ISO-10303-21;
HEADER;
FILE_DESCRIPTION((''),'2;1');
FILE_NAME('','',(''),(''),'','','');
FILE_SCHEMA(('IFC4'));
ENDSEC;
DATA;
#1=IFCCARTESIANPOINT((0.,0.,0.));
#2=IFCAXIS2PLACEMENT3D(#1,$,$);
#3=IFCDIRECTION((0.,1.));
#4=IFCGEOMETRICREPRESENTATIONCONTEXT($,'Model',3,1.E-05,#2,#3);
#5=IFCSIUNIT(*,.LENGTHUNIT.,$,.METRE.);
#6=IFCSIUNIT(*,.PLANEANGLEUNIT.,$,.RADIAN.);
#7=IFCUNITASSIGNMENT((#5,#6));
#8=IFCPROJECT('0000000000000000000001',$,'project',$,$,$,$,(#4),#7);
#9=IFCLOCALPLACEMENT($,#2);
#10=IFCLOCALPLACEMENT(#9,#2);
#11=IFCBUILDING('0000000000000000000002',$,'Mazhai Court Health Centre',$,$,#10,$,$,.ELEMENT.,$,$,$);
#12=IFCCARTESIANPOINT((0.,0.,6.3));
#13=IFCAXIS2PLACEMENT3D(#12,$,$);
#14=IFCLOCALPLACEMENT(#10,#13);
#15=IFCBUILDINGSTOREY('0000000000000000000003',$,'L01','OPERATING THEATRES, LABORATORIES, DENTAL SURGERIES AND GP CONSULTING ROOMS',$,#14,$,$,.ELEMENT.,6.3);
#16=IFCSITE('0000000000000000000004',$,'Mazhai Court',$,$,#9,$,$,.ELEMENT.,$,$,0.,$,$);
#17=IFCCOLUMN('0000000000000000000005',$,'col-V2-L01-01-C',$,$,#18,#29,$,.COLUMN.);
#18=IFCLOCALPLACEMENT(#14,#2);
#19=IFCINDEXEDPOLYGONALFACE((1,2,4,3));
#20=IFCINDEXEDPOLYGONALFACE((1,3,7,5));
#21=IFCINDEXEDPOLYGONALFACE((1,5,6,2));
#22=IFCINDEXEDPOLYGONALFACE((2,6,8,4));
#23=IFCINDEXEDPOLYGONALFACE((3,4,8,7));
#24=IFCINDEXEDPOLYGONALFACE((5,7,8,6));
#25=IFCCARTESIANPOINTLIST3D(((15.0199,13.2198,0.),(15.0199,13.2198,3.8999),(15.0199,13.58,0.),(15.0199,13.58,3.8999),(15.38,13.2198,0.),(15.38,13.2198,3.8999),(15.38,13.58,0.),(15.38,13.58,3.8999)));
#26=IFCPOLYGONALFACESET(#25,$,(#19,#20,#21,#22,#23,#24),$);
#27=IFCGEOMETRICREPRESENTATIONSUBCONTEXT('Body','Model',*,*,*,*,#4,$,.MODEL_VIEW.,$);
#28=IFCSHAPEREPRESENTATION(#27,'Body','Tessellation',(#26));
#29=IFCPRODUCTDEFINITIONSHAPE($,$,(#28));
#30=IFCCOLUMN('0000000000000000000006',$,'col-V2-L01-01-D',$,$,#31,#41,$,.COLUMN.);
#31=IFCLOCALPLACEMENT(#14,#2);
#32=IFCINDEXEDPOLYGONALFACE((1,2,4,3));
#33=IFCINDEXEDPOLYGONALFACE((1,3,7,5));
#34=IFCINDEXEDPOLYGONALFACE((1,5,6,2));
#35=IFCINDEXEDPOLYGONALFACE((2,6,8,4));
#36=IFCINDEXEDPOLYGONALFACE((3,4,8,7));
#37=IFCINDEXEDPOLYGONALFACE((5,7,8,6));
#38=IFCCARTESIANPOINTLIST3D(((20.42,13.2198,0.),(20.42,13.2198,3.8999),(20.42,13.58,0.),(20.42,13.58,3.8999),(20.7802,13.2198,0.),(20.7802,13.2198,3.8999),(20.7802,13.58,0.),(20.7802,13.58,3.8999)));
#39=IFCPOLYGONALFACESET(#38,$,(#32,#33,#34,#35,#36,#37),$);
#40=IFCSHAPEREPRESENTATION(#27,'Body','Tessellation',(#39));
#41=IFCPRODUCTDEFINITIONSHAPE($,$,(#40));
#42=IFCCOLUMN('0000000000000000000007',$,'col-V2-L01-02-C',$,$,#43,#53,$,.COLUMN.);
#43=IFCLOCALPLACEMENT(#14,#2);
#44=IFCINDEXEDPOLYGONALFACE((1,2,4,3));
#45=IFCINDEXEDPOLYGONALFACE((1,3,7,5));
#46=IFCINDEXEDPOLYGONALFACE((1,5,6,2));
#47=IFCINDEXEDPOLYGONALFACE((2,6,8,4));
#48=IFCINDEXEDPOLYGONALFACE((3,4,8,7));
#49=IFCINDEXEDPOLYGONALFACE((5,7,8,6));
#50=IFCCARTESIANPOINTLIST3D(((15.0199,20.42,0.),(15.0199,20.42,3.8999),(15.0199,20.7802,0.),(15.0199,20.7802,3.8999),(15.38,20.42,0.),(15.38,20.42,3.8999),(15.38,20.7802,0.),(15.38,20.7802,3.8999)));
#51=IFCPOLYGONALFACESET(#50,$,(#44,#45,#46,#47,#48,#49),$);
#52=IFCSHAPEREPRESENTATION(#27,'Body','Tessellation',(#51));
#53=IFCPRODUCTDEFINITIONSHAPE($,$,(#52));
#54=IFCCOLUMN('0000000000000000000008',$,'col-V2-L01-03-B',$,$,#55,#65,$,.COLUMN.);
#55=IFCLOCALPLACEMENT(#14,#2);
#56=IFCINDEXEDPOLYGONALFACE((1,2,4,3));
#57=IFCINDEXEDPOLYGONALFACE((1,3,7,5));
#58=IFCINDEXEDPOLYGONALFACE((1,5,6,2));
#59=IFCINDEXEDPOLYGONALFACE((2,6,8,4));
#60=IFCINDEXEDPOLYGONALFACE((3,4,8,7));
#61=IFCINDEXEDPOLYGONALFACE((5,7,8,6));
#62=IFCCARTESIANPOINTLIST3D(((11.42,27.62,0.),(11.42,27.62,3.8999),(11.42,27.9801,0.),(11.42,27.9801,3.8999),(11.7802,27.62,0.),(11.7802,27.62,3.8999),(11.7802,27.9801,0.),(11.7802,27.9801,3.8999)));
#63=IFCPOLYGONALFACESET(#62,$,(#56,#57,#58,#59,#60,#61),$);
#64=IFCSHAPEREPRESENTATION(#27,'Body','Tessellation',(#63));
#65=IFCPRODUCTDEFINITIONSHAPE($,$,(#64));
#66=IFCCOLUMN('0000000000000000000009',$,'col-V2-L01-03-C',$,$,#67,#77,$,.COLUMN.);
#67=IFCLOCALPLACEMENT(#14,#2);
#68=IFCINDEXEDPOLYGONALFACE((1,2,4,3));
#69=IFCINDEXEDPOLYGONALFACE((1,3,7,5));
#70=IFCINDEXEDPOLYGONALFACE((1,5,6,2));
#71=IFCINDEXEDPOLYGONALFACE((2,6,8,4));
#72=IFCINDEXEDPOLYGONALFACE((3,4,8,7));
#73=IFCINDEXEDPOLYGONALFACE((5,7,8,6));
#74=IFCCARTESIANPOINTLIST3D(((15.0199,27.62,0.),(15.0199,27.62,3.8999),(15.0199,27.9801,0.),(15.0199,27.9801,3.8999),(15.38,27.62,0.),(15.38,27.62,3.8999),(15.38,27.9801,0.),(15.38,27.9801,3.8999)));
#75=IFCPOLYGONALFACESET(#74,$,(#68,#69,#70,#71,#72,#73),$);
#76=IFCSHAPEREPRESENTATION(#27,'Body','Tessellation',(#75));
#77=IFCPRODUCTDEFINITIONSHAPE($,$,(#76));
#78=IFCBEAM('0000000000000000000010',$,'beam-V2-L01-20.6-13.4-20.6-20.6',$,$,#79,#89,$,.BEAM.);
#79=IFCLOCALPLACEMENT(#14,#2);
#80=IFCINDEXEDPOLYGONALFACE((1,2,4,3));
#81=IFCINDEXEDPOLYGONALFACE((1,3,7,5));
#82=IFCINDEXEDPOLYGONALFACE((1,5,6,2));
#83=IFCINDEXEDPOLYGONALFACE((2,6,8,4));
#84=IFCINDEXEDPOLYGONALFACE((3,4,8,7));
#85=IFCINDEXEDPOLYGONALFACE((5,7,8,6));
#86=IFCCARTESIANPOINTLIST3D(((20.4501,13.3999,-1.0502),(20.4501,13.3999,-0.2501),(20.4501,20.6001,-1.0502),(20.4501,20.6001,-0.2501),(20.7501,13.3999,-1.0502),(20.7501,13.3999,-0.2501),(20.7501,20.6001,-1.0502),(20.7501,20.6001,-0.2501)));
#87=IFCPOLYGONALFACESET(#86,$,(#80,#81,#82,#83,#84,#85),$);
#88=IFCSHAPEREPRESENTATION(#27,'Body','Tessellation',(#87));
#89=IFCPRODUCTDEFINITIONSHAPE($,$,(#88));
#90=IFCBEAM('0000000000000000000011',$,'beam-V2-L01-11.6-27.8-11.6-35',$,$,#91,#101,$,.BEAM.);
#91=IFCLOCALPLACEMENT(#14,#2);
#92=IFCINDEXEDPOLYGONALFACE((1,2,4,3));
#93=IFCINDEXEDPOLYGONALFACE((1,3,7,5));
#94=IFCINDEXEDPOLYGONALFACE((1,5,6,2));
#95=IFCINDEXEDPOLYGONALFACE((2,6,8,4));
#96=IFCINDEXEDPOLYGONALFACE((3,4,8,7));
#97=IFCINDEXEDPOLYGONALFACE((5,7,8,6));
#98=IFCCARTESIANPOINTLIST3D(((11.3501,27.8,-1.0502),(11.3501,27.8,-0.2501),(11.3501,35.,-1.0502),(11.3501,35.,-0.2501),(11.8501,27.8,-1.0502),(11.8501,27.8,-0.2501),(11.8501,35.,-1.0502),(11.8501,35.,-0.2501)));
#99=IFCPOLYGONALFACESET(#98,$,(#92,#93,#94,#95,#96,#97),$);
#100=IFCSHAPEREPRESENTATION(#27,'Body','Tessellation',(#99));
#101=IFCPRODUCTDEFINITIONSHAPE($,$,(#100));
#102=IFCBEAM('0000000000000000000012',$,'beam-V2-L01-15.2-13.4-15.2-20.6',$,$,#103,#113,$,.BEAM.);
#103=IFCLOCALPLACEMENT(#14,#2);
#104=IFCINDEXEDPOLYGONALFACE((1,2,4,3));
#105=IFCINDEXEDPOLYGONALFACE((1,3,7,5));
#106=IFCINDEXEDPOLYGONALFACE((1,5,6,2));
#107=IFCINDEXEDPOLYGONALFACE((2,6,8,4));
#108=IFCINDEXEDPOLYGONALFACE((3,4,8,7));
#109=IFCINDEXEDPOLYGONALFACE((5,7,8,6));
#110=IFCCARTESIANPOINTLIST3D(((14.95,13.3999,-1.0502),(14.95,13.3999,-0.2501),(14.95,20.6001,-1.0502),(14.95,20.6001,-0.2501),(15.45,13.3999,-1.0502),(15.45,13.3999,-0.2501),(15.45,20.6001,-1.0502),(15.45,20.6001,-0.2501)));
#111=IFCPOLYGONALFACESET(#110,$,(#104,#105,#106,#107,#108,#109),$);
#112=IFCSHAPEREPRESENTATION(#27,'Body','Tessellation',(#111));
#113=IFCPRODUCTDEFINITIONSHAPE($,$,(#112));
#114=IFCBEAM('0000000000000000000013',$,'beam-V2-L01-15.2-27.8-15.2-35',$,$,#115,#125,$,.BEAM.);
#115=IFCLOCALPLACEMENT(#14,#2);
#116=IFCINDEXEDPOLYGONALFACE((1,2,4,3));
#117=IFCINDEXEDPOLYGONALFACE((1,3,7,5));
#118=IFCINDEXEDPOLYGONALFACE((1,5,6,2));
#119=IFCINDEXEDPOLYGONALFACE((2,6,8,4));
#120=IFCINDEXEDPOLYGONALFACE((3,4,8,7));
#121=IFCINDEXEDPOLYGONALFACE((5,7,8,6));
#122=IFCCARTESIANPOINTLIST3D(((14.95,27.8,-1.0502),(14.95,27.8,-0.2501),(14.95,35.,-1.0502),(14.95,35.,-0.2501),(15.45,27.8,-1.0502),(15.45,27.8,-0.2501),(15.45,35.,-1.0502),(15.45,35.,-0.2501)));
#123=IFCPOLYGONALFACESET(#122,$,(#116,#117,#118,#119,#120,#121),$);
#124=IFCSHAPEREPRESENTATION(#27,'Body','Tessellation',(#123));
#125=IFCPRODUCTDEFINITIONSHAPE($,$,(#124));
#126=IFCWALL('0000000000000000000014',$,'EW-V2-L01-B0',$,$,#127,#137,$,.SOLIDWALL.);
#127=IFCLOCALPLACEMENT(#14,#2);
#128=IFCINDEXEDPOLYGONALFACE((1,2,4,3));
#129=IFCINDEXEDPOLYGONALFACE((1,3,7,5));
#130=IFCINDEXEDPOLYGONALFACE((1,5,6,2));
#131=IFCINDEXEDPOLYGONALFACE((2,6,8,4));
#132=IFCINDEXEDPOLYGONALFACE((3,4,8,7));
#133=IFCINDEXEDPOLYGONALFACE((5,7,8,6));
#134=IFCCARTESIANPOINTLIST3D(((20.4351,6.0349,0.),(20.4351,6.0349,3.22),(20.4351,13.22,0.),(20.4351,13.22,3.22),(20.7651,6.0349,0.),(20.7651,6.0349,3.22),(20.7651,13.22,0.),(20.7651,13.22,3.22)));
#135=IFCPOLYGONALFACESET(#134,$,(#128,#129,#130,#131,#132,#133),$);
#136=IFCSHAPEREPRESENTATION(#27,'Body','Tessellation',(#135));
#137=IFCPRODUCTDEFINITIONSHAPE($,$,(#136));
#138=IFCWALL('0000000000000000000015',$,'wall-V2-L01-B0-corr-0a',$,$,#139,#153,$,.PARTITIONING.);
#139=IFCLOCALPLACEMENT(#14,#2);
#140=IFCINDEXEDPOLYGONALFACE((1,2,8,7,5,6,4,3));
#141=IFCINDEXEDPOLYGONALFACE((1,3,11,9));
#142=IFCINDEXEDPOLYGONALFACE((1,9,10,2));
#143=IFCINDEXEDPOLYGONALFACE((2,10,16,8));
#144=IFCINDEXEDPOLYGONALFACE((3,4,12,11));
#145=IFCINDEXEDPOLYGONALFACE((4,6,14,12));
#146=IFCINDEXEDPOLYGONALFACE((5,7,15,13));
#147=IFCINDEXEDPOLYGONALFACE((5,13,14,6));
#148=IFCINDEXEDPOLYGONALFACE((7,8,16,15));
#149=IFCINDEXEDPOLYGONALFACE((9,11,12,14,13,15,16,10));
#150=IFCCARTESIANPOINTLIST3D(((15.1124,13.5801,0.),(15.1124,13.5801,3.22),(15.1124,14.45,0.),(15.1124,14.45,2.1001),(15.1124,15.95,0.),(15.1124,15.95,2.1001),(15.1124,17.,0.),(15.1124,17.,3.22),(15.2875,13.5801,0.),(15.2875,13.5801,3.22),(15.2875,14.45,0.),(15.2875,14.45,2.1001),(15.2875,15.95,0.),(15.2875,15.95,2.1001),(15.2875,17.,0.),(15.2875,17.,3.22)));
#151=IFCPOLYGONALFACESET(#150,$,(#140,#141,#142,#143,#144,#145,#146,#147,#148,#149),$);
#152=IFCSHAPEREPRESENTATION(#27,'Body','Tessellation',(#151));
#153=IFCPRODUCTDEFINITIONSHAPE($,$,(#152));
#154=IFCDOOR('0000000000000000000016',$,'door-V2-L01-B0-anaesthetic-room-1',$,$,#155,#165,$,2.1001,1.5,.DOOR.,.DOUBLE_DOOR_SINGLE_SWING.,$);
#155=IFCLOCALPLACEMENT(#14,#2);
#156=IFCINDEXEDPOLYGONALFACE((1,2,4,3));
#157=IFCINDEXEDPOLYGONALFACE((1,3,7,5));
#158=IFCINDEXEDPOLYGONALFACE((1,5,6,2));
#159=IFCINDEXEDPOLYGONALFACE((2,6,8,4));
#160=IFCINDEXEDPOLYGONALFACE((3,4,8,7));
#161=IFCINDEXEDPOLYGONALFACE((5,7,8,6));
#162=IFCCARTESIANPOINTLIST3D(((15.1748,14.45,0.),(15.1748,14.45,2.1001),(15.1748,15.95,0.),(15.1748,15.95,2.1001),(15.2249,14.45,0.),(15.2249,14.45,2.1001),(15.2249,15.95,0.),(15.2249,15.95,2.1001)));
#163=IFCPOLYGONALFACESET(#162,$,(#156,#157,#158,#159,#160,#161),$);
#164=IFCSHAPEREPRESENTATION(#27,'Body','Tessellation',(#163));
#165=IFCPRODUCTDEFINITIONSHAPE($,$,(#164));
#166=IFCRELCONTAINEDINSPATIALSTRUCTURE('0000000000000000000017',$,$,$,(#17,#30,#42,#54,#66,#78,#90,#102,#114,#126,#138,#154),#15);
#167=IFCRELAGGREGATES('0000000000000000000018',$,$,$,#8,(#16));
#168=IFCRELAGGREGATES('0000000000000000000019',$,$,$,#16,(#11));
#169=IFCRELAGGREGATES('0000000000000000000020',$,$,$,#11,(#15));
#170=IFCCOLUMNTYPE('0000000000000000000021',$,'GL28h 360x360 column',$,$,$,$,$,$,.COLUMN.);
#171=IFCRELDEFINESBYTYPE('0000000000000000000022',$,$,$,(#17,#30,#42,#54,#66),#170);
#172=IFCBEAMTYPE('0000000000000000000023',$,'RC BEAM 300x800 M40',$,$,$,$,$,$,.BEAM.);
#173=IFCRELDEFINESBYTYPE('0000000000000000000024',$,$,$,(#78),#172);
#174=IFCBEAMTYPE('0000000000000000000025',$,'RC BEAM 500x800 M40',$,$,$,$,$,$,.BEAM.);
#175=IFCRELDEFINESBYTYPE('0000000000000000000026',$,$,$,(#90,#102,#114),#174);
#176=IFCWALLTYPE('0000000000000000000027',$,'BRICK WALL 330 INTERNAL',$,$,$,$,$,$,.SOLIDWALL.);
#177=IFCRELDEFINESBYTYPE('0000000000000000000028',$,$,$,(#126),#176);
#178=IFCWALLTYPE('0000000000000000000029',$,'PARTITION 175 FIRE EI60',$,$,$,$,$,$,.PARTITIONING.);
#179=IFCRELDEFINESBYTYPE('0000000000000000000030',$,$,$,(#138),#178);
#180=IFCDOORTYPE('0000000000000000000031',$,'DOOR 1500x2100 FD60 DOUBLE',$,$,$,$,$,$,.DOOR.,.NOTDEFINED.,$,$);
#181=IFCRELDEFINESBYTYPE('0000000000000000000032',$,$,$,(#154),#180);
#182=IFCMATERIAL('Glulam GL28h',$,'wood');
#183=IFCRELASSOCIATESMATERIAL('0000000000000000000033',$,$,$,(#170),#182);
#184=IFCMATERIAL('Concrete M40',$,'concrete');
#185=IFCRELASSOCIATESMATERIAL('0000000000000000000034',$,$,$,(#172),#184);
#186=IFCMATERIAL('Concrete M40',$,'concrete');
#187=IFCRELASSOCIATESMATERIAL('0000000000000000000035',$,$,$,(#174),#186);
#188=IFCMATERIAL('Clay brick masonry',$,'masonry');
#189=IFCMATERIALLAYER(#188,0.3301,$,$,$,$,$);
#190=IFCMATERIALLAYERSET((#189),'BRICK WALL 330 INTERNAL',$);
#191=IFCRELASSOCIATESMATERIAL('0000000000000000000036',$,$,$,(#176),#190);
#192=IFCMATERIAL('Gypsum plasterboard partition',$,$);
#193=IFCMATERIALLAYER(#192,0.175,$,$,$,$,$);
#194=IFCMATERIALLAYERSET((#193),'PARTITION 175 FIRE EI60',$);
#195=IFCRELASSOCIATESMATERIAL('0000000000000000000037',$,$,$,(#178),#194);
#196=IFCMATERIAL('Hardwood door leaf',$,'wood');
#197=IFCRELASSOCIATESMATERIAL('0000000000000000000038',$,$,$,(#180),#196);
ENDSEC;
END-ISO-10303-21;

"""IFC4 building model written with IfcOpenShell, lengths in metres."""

from ifc_helpers import new_model, si_unit, direction, frame, frame_2d, origin, origin_2d, place, context, subcontext, project, spatial, rectangle, extrude, material, layer, layer_set, material_profile, profile_set, type_object, element, fill, save


model = new_model("IFC4")

# Units and contexts
model_context = context("Model", 3, precision=1e-05, world=origin(), true_north=direction((0.0, 1.0)))
body_context = subcontext(model_context, "Body", "Model", "MODEL_VIEW")
ifc_project = project(units=[si_unit("LENGTHUNIT", "METRE"), si_unit("PLANEANGLEUNIT", "RADIAN")], contexts=[model_context])

# Site, building, storey
site_placement = place(None, origin())
site = spatial("IfcSite", under=ifc_project, at=site_placement, Name="Mazhai Court", CompositionType="ELEMENT", RefElevation=0.0)
building_placement = place(site_placement, origin())
building = spatial("IfcBuilding", under=site, at=building_placement, Name="Mazhai Court Health Centre", CompositionType="ELEMENT")
storey_placement = place(building_placement, frame((0.0, 0.0, 6.3)))
storey = spatial("IfcBuildingStorey", under=building, at=storey_placement, Name="L01", Description="OPERATING THEATRES, LABORATORIES, DENTAL SURGERIES AND GP CONSULTING ROOMS", CompositionType="ELEMENT", Elevation=6.3)

# Columns
ifc_material_1 = material(Name="Glulam GL28h", Category="wood")
ifc_material_profile_1 = material_profile(ifc_material_1, rectangle(XDim=0.3601, YDim=0.3601, at=origin_2d()), Name="GL28h 360x360")
ifc_profile_set_1 = profile_set([ifc_material_profile_1], Name="Glulam GL28h")
column_type = type_object("IfcColumnType", Name="GL28h 360x360 column", PredefinedType="COLUMN", material=ifc_profile_set_1)
for number, where, z_axis, x_axis, name in (
    (1, (15.2, 13.3999, 0.0), (0.0, 0.0, 1.0), (1.0, 0.0, 0.0), "col-V2-L01-01-C"),
    (2, (20.6001, 13.3999, 0.0), (0.0, 0.0, 1.0), (1.0, 0.0, 0.0), "col-V2-L01-01-D"),
    (3, (15.2, 20.6001, 0.0), (0.0, 0.0, 1.0), (1.0, 0.0, 0.0), "col-V2-L01-02-C"),
    (4, (11.6001, 27.8, 0.0), (0.0, 0.0, 1.0), (1.0, 0.0, 0.0), "col-V2-L01-03-B"),
    (5, (15.2, 27.8, 0.0), (0.0, 0.0, 1.0), (1.0, 0.0, 0.0), "col-V2-L01-03-C"),
):
    element("IfcColumn", number, at=place(storey_placement, frame(where, z_axis=z_axis, x_axis=x_axis)), inside=storey, type_object=column_type, Name=name, PredefinedType="COLUMN", context=body_context, shape_type="SweptSolid", body=[
        extrude(rectangle(XDim=0.3601, YDim=0.3601, at=origin_2d()), origin(), (0.0, 0.0, 1.0), 3.8999),
    ])

# Beams
ifc_material_2 = material(Name="Concrete M40", Category="concrete")
ifc_material_profile_2 = material_profile(ifc_material_2, rectangle(XDim=0.3, YDim=0.8, at=origin_2d()), Name="RC 300x800")
ifc_profile_set_2 = profile_set([ifc_material_profile_2], Name="Concrete M40")
beam_type_1 = type_object("IfcBeamType", Name="RC BEAM 300x800 M40", PredefinedType="BEAM", material=ifc_profile_set_2)
beam_1_placement = place(storey_placement, frame((20.6001, 13.3999, -0.6501), z_axis=(0.0, 1.0, 0.0), x_axis=(-1.0, 0.0, 0.0)))
element("IfcBeam", 6, at=beam_1_placement, inside=storey, type_object=beam_type_1, Name="beam-V2-L01-20.6-13.4-20.6-20.6", PredefinedType="BEAM", context=body_context, shape_type="SweptSolid", body=[
    extrude(rectangle(XDim=0.3, YDim=0.8, at=origin_2d()), origin(), (0.0, 0.0, 1.0), 7.2002),
])
ifc_material_3 = material(Name="Concrete M40", Category="concrete")
ifc_material_profile_3 = material_profile(ifc_material_3, rectangle(XDim=0.5, YDim=0.8, at=origin_2d()), Name="RC 500x800")
ifc_profile_set_3 = profile_set([ifc_material_profile_3], Name="Concrete M40")
beam_type_2 = type_object("IfcBeamType", Name="RC BEAM 500x800 M40", PredefinedType="BEAM", material=ifc_profile_set_3)
beam_2_placement = place(storey_placement, frame((11.6001, 27.8, -0.6501), z_axis=(0.0, 1.0, 0.0), x_axis=(-1.0, 0.0, 0.0)))
element("IfcBeam", 7, at=beam_2_placement, inside=storey, type_object=beam_type_2, Name="beam-V2-L01-11.6-27.8-11.6-35", PredefinedType="BEAM", context=body_context, shape_type="SweptSolid", body=[
    extrude(rectangle(XDim=0.5, YDim=0.8, at=origin_2d()), origin(), (0.0, 0.0, 1.0), 7.2),
])
beam_3_placement = place(storey_placement, frame((15.2, 13.3999, -0.6501), z_axis=(0.0, 1.0, 0.0), x_axis=(-1.0, 0.0, 0.0)))
element("IfcBeam", 8, at=beam_3_placement, inside=storey, type_object=beam_type_2, Name="beam-V2-L01-15.2-13.4-15.2-20.6", PredefinedType="BEAM", context=body_context, shape_type="SweptSolid", body=[
    extrude(rectangle(XDim=0.5, YDim=0.8, at=origin_2d()), origin(), (0.0, 0.0, 1.0), 7.2002),
])
beam_4_placement = place(storey_placement, frame((15.2, 27.8, -0.6501), z_axis=(0.0, 1.0, 0.0), x_axis=(-1.0, 0.0, 0.0)))
element("IfcBeam", 9, at=beam_4_placement, inside=storey, type_object=beam_type_2, Name="beam-V2-L01-15.2-27.8-15.2-35", PredefinedType="BEAM", context=body_context, shape_type="SweptSolid", body=[
    extrude(rectangle(XDim=0.5, YDim=0.8, at=origin_2d()), origin(), (0.0, 0.0, 1.0), 7.2),
])

# Wall
ifc_material_4 = material(Name="Clay brick masonry", Category="masonry")
ifc_layer_1 = layer(ifc_material_4, 0.3301)
ifc_layer_set_1 = layer_set([ifc_layer_1], Name="BRICK WALL 330 INTERNAL")
wall_type_1 = type_object("IfcWallType", Name="BRICK WALL 330 INTERNAL", PredefinedType="SOLIDWALL", material=ifc_layer_set_1)
wall_1_placement = place(storey_placement, frame((20.6001, 13.22, 0.0), z_axis=(0.0, 0.0, 1.0), x_axis=(0.0, -1.0, 0.0)))
element("IfcWall", 10, at=wall_1_placement, inside=storey, type_object=wall_type_1, Name="EW-V2-L01-B0", PredefinedType="SOLIDWALL", context=body_context, shape_type="SweptSolid", body=[
    extrude(rectangle(XDim=7.1851, YDim=0.3301, at=frame_2d((3.5925, 0.0))), origin(), (0.0, 0.0, 1.0), 3.22),
])

# Wall, opening, door
ifc_material_5 = material(Name="Gypsum plasterboard partition")
ifc_layer_2 = layer(ifc_material_5, 0.175)
ifc_layer_set_2 = layer_set([ifc_layer_2], Name="PARTITION 175 FIRE EI60")
wall_type_2 = type_object("IfcWallType", Name="PARTITION 175 FIRE EI60", PredefinedType="PARTITIONING", material=ifc_layer_set_2)
wall_2_placement = place(storey_placement, frame((15.2, 17.0, 0.0), z_axis=(0.0, 0.0, 1.0), x_axis=(0.0, -1.0, 0.0)))
wall_2 = element("IfcWall", 11, at=wall_2_placement, inside=storey, type_object=wall_type_2, Name="wall-V2-L01-B0-corr-0a", PredefinedType="PARTITIONING", context=body_context, shape_type="SweptSolid", body=[
    extrude(rectangle(XDim=3.4199, YDim=0.175, at=frame_2d((1.71, 0.0))), origin(), (0.0, 0.0, 1.0), 3.22),
])
opening_1_placement = place(wall_2_placement, frame((1.05, 0.0, 0.0)))
opening_1 = element("IfcOpeningElement", 12, at=opening_1_placement, cuts=wall_2, PredefinedType="OPENING", context=body_context, shape_type="SweptSolid", body=[
    extrude(rectangle(XDim=1.5, YDim=2.1001, at=frame_2d((0.75, 1.05))), frame((0.0, 0.0974, 0.0), z_axis=(0.0, -1.0, 0.0), x_axis=(1.0, 0.0, 0.0)), (0.0, 0.0, 1.0), 0.1951),
])
ifc_material_6 = material(Name="Hardwood door leaf", Category="wood")
door_type_1 = type_object("IfcDoorType", Name="DOOR 1500x2100 FD60 DOUBLE", OperationType="NOTDEFINED", PredefinedType="DOOR", material=ifc_material_6)
door_1_placement = place(opening_1_placement, origin())
door_1 = element("IfcDoor", 13, at=door_1_placement, inside=storey, type_object=door_type_1, Name="door-V2-L01-B0-anaesthetic-room-1", OperationType="DOUBLE_DOOR_SINGLE_SWING", OverallHeight=2.1001, OverallWidth=1.5, PredefinedType="DOOR", context=body_context, shape_type="SweptSolid", body=[
    extrude(rectangle(XDim=1.5, YDim=2.1001, at=frame_2d((0.75, 1.05))), frame((0.0, 0.0249, 0.0), z_axis=(0.0, -1.0, 0.0), x_axis=(1.0, 0.0, 0.0)), (0.0, 0.0, 1.0), 0.05),
])
fill(opening_1, door_1)

save(model, "model.ifc")
